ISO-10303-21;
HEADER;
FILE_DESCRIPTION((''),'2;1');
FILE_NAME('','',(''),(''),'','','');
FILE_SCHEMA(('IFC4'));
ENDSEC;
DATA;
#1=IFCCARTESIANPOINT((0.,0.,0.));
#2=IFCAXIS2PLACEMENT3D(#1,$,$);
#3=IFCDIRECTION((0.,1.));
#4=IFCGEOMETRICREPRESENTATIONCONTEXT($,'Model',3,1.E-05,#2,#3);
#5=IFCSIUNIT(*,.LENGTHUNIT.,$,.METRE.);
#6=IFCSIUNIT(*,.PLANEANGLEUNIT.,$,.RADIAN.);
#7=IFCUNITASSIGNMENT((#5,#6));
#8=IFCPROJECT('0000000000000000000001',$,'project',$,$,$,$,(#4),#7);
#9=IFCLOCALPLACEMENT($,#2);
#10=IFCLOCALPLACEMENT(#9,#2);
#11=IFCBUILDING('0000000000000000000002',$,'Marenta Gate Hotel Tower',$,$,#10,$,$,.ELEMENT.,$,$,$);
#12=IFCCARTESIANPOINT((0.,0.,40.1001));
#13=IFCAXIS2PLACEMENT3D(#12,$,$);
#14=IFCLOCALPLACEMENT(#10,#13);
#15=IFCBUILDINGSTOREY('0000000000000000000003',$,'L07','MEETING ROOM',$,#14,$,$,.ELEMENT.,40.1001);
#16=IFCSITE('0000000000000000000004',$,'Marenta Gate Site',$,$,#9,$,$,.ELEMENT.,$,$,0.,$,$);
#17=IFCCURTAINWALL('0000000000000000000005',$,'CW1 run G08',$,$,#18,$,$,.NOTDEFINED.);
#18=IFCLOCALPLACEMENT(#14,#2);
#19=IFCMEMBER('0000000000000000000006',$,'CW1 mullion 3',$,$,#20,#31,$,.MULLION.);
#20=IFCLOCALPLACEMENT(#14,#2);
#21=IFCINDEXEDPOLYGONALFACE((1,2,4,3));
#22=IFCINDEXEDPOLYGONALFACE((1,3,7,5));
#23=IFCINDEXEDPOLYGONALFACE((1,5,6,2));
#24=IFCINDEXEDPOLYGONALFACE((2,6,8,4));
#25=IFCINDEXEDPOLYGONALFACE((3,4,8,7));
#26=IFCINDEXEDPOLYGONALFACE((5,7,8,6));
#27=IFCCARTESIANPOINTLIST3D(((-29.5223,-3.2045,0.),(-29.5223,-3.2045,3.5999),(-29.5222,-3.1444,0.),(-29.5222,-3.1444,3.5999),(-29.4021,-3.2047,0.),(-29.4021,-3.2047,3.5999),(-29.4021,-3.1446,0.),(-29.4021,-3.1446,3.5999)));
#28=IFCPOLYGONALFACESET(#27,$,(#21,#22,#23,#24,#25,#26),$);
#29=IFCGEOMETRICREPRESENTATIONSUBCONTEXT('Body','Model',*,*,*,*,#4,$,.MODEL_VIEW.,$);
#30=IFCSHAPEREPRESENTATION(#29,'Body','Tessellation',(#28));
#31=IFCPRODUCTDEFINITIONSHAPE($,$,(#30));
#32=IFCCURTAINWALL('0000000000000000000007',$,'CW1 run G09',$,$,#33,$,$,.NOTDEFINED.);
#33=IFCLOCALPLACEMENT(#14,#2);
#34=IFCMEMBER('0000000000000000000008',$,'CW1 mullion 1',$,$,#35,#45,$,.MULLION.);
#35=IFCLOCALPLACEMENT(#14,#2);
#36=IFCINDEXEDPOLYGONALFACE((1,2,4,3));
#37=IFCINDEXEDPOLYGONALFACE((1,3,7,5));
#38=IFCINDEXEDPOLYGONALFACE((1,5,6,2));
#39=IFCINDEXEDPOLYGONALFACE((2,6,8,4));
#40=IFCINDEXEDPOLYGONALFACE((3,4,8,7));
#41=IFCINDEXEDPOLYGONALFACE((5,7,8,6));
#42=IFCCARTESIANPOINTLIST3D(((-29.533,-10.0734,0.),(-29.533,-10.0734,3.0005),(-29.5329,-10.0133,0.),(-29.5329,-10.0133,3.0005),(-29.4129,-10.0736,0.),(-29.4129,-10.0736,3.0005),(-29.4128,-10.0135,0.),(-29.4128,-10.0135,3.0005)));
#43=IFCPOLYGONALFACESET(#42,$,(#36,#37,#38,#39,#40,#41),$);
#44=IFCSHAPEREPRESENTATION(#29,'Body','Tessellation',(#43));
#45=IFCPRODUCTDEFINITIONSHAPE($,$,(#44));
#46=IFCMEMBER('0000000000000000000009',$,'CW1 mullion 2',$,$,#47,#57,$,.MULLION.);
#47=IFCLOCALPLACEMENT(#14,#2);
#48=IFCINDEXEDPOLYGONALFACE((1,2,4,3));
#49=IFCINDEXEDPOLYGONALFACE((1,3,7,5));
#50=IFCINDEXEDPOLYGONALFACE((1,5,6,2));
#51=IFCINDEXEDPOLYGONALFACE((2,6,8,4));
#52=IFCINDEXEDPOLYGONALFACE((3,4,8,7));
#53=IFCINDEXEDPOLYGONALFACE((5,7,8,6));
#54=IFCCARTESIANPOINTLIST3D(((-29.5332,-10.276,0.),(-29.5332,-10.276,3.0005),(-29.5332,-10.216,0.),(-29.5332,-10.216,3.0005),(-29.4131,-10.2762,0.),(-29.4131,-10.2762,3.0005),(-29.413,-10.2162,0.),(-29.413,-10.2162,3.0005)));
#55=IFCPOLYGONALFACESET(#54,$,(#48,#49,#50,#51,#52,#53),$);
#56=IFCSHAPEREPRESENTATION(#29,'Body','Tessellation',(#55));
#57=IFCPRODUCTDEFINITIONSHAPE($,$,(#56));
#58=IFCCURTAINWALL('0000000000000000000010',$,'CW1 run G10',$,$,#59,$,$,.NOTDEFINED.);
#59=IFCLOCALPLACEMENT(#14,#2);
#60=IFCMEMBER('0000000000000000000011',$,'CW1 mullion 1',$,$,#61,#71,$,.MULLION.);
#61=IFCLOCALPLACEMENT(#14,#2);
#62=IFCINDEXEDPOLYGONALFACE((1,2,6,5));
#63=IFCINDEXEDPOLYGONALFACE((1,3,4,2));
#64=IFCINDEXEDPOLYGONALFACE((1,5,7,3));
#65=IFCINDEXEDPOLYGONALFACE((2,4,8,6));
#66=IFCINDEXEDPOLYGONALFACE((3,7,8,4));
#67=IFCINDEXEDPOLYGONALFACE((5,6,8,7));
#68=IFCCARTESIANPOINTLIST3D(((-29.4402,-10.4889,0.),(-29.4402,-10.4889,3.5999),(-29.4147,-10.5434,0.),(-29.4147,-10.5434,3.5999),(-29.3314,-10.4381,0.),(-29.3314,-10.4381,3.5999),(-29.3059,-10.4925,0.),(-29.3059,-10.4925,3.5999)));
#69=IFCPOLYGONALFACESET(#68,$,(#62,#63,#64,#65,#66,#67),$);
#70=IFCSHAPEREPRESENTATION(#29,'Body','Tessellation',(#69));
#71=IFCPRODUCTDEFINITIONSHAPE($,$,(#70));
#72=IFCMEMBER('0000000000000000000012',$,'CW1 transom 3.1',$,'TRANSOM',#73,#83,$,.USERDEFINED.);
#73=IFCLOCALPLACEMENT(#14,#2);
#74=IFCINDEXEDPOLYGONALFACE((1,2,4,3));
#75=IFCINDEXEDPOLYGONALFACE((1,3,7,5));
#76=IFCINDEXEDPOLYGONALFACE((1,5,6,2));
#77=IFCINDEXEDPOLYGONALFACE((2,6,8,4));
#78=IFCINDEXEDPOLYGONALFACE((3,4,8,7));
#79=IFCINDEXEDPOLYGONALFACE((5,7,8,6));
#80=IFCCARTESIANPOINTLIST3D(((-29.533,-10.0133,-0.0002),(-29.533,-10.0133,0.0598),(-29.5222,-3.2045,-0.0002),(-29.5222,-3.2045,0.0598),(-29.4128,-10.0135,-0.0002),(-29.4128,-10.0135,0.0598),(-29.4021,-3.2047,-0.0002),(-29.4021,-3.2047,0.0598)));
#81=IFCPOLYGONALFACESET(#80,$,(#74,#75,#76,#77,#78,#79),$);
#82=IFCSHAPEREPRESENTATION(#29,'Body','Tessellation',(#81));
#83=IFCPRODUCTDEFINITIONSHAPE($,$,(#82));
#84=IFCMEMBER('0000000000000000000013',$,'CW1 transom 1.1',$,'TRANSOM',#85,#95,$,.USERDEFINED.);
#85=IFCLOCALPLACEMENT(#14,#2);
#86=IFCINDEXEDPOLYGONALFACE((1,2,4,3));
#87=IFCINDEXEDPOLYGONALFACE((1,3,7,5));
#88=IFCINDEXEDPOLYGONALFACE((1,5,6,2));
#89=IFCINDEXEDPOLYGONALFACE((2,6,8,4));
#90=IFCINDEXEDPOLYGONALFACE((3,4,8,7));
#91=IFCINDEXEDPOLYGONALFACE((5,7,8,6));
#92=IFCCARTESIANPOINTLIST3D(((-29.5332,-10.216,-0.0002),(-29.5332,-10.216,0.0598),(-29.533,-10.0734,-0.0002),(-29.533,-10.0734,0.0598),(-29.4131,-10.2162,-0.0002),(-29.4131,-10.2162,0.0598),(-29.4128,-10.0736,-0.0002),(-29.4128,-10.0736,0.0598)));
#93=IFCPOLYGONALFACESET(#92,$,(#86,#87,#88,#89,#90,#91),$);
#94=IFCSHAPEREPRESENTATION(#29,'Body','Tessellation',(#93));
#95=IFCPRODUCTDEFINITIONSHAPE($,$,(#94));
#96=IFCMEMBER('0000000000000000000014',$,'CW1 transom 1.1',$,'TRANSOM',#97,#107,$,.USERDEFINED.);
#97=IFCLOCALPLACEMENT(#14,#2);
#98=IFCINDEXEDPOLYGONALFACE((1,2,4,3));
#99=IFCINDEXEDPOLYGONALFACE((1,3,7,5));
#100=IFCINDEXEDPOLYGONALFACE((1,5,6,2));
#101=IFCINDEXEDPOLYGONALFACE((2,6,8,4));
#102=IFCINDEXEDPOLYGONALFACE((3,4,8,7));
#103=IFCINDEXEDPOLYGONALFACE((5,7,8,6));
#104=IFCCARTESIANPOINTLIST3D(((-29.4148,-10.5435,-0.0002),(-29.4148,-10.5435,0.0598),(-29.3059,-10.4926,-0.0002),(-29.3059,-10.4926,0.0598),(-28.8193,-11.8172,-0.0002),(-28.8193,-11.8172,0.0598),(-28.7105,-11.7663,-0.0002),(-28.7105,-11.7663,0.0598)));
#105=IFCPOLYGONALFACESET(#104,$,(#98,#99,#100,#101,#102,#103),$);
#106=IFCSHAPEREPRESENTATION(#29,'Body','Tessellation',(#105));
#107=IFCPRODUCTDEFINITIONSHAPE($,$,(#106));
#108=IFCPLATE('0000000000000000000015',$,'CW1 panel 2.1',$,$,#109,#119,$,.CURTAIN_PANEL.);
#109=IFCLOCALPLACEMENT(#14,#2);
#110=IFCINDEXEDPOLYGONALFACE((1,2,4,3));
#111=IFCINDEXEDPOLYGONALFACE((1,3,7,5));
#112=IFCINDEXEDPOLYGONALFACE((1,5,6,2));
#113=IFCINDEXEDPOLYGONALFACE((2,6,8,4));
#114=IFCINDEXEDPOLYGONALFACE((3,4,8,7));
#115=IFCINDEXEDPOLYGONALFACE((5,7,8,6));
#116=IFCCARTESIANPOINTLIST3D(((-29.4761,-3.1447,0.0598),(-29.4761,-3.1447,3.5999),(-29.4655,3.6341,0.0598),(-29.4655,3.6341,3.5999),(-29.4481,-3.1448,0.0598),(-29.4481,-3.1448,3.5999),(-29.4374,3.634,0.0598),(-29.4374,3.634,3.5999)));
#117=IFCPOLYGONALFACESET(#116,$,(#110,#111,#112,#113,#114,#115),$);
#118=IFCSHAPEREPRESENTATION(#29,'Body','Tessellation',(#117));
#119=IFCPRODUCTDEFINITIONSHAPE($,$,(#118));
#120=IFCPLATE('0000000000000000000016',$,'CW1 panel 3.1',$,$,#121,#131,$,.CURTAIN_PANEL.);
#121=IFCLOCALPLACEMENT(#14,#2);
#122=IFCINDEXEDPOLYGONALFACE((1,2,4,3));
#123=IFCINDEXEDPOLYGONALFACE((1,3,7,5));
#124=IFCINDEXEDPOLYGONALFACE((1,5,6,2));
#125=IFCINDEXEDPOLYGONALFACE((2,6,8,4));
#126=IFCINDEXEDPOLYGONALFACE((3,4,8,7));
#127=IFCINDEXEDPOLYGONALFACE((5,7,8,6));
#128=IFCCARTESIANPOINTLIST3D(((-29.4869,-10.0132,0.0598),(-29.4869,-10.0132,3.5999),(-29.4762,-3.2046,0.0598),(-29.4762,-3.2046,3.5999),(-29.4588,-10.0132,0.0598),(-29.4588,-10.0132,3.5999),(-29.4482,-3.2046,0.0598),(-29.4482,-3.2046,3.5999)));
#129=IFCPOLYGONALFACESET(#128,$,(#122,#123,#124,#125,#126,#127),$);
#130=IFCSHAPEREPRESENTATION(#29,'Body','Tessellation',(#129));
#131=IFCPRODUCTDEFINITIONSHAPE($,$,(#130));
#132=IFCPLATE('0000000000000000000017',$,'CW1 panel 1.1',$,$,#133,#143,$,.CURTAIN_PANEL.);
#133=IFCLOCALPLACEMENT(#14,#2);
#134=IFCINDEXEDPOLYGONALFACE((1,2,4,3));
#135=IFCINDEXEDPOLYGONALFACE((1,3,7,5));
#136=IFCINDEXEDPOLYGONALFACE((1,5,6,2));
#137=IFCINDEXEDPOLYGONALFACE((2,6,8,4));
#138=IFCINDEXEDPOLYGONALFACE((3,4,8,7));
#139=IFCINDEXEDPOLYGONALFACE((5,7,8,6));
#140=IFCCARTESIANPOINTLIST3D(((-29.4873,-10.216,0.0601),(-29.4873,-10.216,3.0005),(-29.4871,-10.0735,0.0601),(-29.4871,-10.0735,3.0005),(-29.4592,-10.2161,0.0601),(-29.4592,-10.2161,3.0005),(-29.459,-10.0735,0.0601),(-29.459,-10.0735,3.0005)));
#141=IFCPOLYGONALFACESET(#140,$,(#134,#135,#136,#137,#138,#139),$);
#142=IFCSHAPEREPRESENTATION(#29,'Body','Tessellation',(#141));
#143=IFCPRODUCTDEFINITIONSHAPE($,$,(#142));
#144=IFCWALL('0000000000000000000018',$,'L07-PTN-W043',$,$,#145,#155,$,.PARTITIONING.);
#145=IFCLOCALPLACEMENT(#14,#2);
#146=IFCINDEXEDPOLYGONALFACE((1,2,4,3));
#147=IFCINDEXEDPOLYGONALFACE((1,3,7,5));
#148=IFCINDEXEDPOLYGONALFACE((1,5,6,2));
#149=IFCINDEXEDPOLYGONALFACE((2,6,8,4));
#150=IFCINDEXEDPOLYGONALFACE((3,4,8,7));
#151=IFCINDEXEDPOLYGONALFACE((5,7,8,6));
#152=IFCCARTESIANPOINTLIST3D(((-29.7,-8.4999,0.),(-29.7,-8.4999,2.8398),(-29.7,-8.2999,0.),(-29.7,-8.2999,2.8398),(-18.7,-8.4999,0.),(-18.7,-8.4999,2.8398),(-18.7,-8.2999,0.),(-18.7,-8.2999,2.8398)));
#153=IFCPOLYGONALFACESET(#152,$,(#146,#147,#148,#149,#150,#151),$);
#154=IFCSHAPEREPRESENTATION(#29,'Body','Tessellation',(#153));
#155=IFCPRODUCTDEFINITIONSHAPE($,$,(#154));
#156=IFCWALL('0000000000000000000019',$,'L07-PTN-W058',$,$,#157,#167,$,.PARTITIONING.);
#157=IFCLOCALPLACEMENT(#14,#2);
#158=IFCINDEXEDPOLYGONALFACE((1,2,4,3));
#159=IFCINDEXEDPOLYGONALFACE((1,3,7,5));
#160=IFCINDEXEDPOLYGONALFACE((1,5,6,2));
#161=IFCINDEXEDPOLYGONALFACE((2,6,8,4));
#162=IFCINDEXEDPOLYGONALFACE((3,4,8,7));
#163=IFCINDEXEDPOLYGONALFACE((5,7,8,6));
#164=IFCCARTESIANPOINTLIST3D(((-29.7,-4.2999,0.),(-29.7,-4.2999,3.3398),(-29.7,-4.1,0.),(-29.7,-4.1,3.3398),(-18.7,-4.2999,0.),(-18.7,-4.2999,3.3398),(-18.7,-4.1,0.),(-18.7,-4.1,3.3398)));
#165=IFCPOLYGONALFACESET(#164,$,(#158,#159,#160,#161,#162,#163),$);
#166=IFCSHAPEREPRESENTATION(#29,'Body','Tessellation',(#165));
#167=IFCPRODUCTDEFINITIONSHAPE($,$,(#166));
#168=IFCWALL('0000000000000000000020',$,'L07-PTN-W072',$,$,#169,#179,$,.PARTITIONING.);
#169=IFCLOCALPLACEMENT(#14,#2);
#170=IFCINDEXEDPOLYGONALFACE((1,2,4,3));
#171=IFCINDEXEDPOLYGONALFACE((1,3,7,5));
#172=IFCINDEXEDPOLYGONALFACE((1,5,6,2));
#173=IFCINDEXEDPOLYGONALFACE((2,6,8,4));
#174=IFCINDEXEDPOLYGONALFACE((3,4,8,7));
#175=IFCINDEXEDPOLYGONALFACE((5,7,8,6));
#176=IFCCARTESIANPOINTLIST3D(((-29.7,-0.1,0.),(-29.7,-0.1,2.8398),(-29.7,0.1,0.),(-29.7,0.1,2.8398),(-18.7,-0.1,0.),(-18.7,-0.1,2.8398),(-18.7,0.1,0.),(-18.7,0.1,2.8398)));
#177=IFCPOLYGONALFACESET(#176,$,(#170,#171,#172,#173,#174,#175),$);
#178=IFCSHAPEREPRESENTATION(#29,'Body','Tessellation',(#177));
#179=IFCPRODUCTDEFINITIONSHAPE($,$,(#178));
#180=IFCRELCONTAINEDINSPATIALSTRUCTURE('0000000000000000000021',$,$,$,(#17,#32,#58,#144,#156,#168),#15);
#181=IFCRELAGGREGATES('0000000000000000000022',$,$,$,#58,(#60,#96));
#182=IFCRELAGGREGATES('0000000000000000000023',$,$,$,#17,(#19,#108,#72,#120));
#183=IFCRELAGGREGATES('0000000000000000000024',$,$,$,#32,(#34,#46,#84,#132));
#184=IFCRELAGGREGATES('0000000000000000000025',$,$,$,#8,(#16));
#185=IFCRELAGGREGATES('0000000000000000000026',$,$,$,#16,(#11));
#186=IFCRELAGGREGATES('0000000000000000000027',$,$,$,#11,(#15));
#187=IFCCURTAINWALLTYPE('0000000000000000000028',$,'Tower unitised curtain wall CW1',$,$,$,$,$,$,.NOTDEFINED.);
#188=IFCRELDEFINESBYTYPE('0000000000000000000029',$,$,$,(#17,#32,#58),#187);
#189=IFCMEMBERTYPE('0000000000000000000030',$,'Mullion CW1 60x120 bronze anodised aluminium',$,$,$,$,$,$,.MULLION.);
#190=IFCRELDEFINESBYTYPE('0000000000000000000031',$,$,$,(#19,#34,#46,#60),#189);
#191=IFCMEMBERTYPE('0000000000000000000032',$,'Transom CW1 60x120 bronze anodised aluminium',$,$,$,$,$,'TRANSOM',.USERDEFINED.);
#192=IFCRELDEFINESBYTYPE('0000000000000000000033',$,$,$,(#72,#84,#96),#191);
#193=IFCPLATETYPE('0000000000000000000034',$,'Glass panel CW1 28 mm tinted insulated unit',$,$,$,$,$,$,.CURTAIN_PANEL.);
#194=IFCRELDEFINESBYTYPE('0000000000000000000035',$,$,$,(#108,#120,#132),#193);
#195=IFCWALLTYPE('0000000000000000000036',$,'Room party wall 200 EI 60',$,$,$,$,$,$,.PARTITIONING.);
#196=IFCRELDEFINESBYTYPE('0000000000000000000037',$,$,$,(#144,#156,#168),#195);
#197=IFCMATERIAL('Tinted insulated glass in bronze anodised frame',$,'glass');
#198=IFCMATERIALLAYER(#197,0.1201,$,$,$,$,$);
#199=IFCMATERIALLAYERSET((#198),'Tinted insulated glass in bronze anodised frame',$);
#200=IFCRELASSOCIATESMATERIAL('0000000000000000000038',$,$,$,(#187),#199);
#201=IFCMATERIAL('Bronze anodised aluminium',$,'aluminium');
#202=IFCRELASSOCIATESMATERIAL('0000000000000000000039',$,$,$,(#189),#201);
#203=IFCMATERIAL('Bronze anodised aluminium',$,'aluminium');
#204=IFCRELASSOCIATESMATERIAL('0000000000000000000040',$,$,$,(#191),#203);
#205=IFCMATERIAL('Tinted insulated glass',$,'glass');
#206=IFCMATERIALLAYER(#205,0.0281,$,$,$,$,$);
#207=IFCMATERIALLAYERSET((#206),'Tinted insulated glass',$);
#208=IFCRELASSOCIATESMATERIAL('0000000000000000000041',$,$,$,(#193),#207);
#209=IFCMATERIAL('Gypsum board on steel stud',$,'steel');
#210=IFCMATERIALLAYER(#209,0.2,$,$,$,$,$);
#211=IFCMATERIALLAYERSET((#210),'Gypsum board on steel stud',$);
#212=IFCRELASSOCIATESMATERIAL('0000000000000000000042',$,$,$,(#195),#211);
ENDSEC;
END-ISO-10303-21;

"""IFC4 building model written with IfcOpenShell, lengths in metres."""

from ifc_helpers import new_model, si_unit, direction, frame, frame_2d, origin, origin_2d, place, context, subcontext, project, spatial, rectangle, extrude, material, layer, layer_set, material_profile, profile_set, type_object, element, aggregate, save


model = new_model("IFC4")

# Units and contexts
model_context = context("Model", 3, precision=1e-05, world=origin(), true_north=direction((0.0, 1.0)))
body_context = subcontext(model_context, "Body", "Model", "MODEL_VIEW")
ifc_project = project(units=[si_unit("LENGTHUNIT", "METRE"), si_unit("PLANEANGLEUNIT", "RADIAN")], contexts=[model_context])

# Site, building, storey
site_placement = place(None, origin())
site = spatial("IfcSite", under=ifc_project, at=site_placement, Name="Marenta Gate Site", CompositionType="ELEMENT", RefElevation=0.0)
building_placement = place(site_placement, origin())
building = spatial("IfcBuilding", under=site, at=building_placement, Name="Marenta Gate Hotel Tower", CompositionType="ELEMENT")
storey_placement = place(building_placement, frame((0.0, 0.0, 40.1001)))
storey = spatial("IfcBuildingStorey", under=building, at=storey_placement, Name="L07", Description="MEETING ROOM", CompositionType="ELEMENT", Elevation=40.1001)

# Curtain wall, member
ifc_material_1 = material(Name="Tinted insulated glass in bronze anodised frame", Category="glass")
ifc_layer_1 = layer(ifc_material_1, 0.1201)
ifc_layer_set_1 = layer_set([ifc_layer_1], Name="Tinted insulated glass in bronze anodised frame")
curtain_wall_type = type_object("IfcCurtainWallType", Name="Tower unitised curtain wall CW1", PredefinedType="NOTDEFINED", material=ifc_layer_set_1)
curtain_wall_1_placement = place(storey_placement, origin())
curtain_wall_1 = element("IfcCurtainWall", 1, at=curtain_wall_1_placement, inside=storey, type_object=curtain_wall_type, Name="CW1 run G08", PredefinedType="NOTDEFINED")
ifc_material_2 = material(Name="Bronze anodised aluminium", Category="aluminium")
ifc_material_profile_1 = material_profile(ifc_material_2, rectangle(XDim=0.1201, YDim=0.0601, at=origin_2d()), Name="Mullion CW1 60x120 bronze anodised aluminium")
ifc_profile_set_1 = profile_set([ifc_material_profile_1], Name="Bronze anodised aluminium")
member_type_1 = type_object("IfcMemberType", Name="Mullion CW1 60x120 bronze anodised aluminium", PredefinedType="MULLION", material=ifc_profile_set_1)
member_1_placement = place(storey_placement, frame((-29.4622, -3.1746, 0.0), z_axis=(0.0, 0.0, 1.0), x_axis=(0.999999, -0.001565, 0.0)))
member_1 = element("IfcMember", 2, at=member_1_placement, type_object=member_type_1, Name="CW1 mullion 3", PredefinedType="MULLION", context=body_context, shape_type="SweptSolid", body=[
    extrude(rectangle(XDim=0.1201, YDim=0.0601, at=origin_2d()), origin(), (0.0, 0.0, 1.0), 3.5999),
])

# Curtain wall, members
curtain_wall_2_placement = place(storey_placement, origin())
curtain_wall_2 = element("IfcCurtainWall", 3, at=curtain_wall_2_placement, inside=storey, type_object=curtain_wall_type, Name="CW1 run G09", PredefinedType="NOTDEFINED")
member_2_placement = place(storey_placement, frame((-29.4729, -10.0435, 0.0), z_axis=(0.0, 0.0, 1.0), x_axis=(0.999999, -0.001523, 0.0)))
member_2 = element("IfcMember", 4, at=member_2_placement, type_object=member_type_1, Name="CW1 mullion 1", PredefinedType="MULLION", context=body_context, shape_type="SweptSolid", body=[
    extrude(rectangle(XDim=0.1201, YDim=0.0601, at=origin_2d()), origin(), (0.0, 0.0, 1.0), 3.0005),
])
member_3_placement = place(storey_placement, frame((-29.4731, -10.2461, 0.0), z_axis=(0.0, 0.0, 1.0), x_axis=(0.999999, -0.001523, 0.0)))
member_3 = element("IfcMember", 5, at=member_3_placement, type_object=member_type_1, Name="CW1 mullion 2", PredefinedType="MULLION", context=body_context, shape_type="SweptSolid", body=[
    extrude(rectangle(XDim=0.1201, YDim=0.0601, at=origin_2d()), origin(), (0.0, 0.0, 1.0), 3.0005),
])

# Curtain wall, member
curtain_wall_3_placement = place(storey_placement, origin())
curtain_wall_3 = element("IfcCurtainWall", 6, at=curtain_wall_3_placement, inside=storey, type_object=curtain_wall_type, Name="CW1 run G10", PredefinedType="NOTDEFINED")
member_4_placement = place(storey_placement, frame((-29.373, -10.4907, 0.0), z_axis=(0.0, 0.0, 1.0), x_axis=(0.905955, 0.423375, 0.0)))
member_4 = element("IfcMember", 7, at=member_4_placement, type_object=member_type_1, Name="CW1 mullion 1", PredefinedType="MULLION", context=body_context, shape_type="SweptSolid", body=[
    extrude(rectangle(XDim=0.1201, YDim=0.0601, at=origin_2d()), origin(), (0.0, 0.0, 1.0), 3.5999),
])

# Members
ifc_material_3 = material(Name="Bronze anodised aluminium", Category="aluminium")
ifc_material_profile_2 = material_profile(ifc_material_3, rectangle(XDim=0.1201, YDim=0.0601, at=origin_2d()), Name="Transom CW1 60x120 bronze anodised aluminium")
ifc_profile_set_2 = profile_set([ifc_material_profile_2], Name="Bronze anodised aluminium")
member_type_2 = type_object("IfcMemberType", Name="Transom CW1 60x120 bronze anodised aluminium", ElementType="TRANSOM", PredefinedType="USERDEFINED", material=ifc_profile_set_2)
member_5_placement = place(storey_placement, frame((-29.4622, -3.2046, 0.0298), z_axis=(-0.001578, -0.999999, 0.0), x_axis=(0.999999, -0.001578, 0.0)))
member_5 = element("IfcMember", 8, at=member_5_placement, type_object=member_type_2, Name="CW1 transom 3.1", ObjectType="TRANSOM", PredefinedType="USERDEFINED", context=body_context, shape_type="SweptSolid", body=[
    extrude(rectangle(XDim=0.1201, YDim=0.0601, at=origin_2d()), origin(), (0.0, 0.0, 1.0), 6.8088),
])
member_6_placement = place(storey_placement, frame((-29.4729, -10.0735, 0.0298), z_axis=(-0.001712, -0.999999, 0.0), x_axis=(0.999999, -0.001712, 0.0)))
member_6 = element("IfcMember", 9, at=member_6_placement, type_object=member_type_2, Name="CW1 transom 1.1", ObjectType="TRANSOM", PredefinedType="USERDEFINED", context=body_context, shape_type="SweptSolid", body=[
    extrude(rectangle(XDim=0.1201, YDim=0.0601, at=origin_2d()), origin(), (0.0, 0.0, 1.0), 0.1426),
])
member_7_placement = place(storey_placement, frame((-29.3604, -10.5181, 0.0298), z_axis=(0.423513, -0.90589, 0.0), x_axis=(0.90589, 0.423513, 0.0)))
member_7 = element("IfcMember", 10, at=member_7_placement, type_object=member_type_2, Name="CW1 transom 1.1", ObjectType="TRANSOM", PredefinedType="USERDEFINED", context=body_context, shape_type="SweptSolid", body=[
    extrude(rectangle(XDim=0.1201, YDim=0.0601, at=origin_2d()), origin(), (0.0, 0.0, 1.0), 1.406),
])
aggregate(curtain_wall_3, [member_4, member_7])

# Plates
ifc_material_4 = material(Name="Tinted insulated glass", Category="glass")
ifc_layer_2 = layer(ifc_material_4, 0.0281)
ifc_layer_set_2 = layer_set([ifc_layer_2], Name="Tinted insulated glass")
plate_type = type_object("IfcPlateType", Name="Glass panel CW1 28 mm tinted insulated unit", PredefinedType="CURTAIN_PANEL", material=ifc_layer_set_2)
plate_1_placement = place(storey_placement, frame((-29.4568, 0.2446, 0.0598), z_axis=(0.0, 0.0, 1.0), x_axis=(-0.001565, -0.999999, 0.0)))
plate_1 = element("IfcPlate", 11, at=plate_1_placement, type_object=plate_type, Name="CW1 panel 2.1", PredefinedType="CURTAIN_PANEL", context=body_context, shape_type="SweptSolid", body=[
    extrude(rectangle(XDim=6.7788, YDim=0.0281, at=origin_2d()), origin(), (0.0, 0.0, 1.0), 3.54),
])
plate_2_placement = place(storey_placement, frame((-29.4675, -6.6089, 0.0598), z_axis=(0.0, 0.0, 1.0), x_axis=(-0.001565, -0.999999, 0.0)))
plate_2 = element("IfcPlate", 12, at=plate_2_placement, type_object=plate_type, Name="CW1 panel 3.1", PredefinedType="CURTAIN_PANEL", context=body_context, shape_type="SweptSolid", body=[
    extrude(rectangle(XDim=6.8086, YDim=0.0281, at=origin_2d()), origin(), (0.0, 0.0, 1.0), 3.54),
])
aggregate(curtain_wall_1, [member_1, plate_1, member_5, plate_2])
plate_3_placement = place(storey_placement, frame((-29.4731, -10.1448, 0.0601), z_axis=(0.0, 0.0, 1.0), x_axis=(-0.001523, -0.999999, 0.0)))
plate_3 = element("IfcPlate", 13, at=plate_3_placement, type_object=plate_type, Name="CW1 panel 1.1", PredefinedType="CURTAIN_PANEL", context=body_context, shape_type="SweptSolid", body=[
    extrude(rectangle(XDim=0.1426, YDim=0.0281, at=origin_2d()), origin(), (0.0, 0.0, 1.0), 2.9404),
])
aggregate(curtain_wall_2, [member_2, member_3, member_6, plate_3])

# Walls
ifc_material_5 = material(Name="Gypsum board on steel stud", Category="steel")
ifc_layer_3 = layer(ifc_material_5, 0.2)
ifc_layer_set_3 = layer_set([ifc_layer_3], Name="Gypsum board on steel stud")
wall_type = type_object("IfcWallType", Name="Room party wall 200 EI 60", PredefinedType="PARTITIONING", material=ifc_layer_set_3)
wall_1_placement = place(storey_placement, frame((-29.7, -8.3999, 0.0), z_axis=(0.0, 0.0, 1.0), x_axis=(1.0, 0.0, 0.0)))
element("IfcWall", 14, at=wall_1_placement, inside=storey, type_object=wall_type, Name="L07-PTN-W043", PredefinedType="PARTITIONING", context=body_context, shape_type="SweptSolid", body=[
    extrude(rectangle(XDim=11.0, YDim=0.2, at=frame_2d((5.5, 0.0))), origin(), (0.0, 0.0, 1.0), 2.8398),
])
wall_2_placement = place(storey_placement, frame((-29.7, -4.2, 0.0), z_axis=(0.0, 0.0, 1.0), x_axis=(1.0, 0.0, 0.0)))
element("IfcWall", 15, at=wall_2_placement, inside=storey, type_object=wall_type, Name="L07-PTN-W058", PredefinedType="PARTITIONING", context=body_context, shape_type="SweptSolid", body=[
    extrude(rectangle(XDim=11.0, YDim=0.2, at=frame_2d((5.5, 0.0))), origin(), (0.0, 0.0, 1.0), 3.3398),
])
wall_3_placement = place(storey_placement, frame((-29.7, 0.0, 0.0), z_axis=(0.0, 0.0, 1.0), x_axis=(1.0, 0.0, 0.0)))
element("IfcWall", 16, at=wall_3_placement, inside=storey, type_object=wall_type, Name="L07-PTN-W072", PredefinedType="PARTITIONING", context=body_context, shape_type="SweptSolid", body=[
    extrude(rectangle(XDim=11.0, YDim=0.2, at=frame_2d((5.5, 0.0))), origin(), (0.0, 0.0, 1.0), 2.8398),
])

save(model, "model.ifc")
